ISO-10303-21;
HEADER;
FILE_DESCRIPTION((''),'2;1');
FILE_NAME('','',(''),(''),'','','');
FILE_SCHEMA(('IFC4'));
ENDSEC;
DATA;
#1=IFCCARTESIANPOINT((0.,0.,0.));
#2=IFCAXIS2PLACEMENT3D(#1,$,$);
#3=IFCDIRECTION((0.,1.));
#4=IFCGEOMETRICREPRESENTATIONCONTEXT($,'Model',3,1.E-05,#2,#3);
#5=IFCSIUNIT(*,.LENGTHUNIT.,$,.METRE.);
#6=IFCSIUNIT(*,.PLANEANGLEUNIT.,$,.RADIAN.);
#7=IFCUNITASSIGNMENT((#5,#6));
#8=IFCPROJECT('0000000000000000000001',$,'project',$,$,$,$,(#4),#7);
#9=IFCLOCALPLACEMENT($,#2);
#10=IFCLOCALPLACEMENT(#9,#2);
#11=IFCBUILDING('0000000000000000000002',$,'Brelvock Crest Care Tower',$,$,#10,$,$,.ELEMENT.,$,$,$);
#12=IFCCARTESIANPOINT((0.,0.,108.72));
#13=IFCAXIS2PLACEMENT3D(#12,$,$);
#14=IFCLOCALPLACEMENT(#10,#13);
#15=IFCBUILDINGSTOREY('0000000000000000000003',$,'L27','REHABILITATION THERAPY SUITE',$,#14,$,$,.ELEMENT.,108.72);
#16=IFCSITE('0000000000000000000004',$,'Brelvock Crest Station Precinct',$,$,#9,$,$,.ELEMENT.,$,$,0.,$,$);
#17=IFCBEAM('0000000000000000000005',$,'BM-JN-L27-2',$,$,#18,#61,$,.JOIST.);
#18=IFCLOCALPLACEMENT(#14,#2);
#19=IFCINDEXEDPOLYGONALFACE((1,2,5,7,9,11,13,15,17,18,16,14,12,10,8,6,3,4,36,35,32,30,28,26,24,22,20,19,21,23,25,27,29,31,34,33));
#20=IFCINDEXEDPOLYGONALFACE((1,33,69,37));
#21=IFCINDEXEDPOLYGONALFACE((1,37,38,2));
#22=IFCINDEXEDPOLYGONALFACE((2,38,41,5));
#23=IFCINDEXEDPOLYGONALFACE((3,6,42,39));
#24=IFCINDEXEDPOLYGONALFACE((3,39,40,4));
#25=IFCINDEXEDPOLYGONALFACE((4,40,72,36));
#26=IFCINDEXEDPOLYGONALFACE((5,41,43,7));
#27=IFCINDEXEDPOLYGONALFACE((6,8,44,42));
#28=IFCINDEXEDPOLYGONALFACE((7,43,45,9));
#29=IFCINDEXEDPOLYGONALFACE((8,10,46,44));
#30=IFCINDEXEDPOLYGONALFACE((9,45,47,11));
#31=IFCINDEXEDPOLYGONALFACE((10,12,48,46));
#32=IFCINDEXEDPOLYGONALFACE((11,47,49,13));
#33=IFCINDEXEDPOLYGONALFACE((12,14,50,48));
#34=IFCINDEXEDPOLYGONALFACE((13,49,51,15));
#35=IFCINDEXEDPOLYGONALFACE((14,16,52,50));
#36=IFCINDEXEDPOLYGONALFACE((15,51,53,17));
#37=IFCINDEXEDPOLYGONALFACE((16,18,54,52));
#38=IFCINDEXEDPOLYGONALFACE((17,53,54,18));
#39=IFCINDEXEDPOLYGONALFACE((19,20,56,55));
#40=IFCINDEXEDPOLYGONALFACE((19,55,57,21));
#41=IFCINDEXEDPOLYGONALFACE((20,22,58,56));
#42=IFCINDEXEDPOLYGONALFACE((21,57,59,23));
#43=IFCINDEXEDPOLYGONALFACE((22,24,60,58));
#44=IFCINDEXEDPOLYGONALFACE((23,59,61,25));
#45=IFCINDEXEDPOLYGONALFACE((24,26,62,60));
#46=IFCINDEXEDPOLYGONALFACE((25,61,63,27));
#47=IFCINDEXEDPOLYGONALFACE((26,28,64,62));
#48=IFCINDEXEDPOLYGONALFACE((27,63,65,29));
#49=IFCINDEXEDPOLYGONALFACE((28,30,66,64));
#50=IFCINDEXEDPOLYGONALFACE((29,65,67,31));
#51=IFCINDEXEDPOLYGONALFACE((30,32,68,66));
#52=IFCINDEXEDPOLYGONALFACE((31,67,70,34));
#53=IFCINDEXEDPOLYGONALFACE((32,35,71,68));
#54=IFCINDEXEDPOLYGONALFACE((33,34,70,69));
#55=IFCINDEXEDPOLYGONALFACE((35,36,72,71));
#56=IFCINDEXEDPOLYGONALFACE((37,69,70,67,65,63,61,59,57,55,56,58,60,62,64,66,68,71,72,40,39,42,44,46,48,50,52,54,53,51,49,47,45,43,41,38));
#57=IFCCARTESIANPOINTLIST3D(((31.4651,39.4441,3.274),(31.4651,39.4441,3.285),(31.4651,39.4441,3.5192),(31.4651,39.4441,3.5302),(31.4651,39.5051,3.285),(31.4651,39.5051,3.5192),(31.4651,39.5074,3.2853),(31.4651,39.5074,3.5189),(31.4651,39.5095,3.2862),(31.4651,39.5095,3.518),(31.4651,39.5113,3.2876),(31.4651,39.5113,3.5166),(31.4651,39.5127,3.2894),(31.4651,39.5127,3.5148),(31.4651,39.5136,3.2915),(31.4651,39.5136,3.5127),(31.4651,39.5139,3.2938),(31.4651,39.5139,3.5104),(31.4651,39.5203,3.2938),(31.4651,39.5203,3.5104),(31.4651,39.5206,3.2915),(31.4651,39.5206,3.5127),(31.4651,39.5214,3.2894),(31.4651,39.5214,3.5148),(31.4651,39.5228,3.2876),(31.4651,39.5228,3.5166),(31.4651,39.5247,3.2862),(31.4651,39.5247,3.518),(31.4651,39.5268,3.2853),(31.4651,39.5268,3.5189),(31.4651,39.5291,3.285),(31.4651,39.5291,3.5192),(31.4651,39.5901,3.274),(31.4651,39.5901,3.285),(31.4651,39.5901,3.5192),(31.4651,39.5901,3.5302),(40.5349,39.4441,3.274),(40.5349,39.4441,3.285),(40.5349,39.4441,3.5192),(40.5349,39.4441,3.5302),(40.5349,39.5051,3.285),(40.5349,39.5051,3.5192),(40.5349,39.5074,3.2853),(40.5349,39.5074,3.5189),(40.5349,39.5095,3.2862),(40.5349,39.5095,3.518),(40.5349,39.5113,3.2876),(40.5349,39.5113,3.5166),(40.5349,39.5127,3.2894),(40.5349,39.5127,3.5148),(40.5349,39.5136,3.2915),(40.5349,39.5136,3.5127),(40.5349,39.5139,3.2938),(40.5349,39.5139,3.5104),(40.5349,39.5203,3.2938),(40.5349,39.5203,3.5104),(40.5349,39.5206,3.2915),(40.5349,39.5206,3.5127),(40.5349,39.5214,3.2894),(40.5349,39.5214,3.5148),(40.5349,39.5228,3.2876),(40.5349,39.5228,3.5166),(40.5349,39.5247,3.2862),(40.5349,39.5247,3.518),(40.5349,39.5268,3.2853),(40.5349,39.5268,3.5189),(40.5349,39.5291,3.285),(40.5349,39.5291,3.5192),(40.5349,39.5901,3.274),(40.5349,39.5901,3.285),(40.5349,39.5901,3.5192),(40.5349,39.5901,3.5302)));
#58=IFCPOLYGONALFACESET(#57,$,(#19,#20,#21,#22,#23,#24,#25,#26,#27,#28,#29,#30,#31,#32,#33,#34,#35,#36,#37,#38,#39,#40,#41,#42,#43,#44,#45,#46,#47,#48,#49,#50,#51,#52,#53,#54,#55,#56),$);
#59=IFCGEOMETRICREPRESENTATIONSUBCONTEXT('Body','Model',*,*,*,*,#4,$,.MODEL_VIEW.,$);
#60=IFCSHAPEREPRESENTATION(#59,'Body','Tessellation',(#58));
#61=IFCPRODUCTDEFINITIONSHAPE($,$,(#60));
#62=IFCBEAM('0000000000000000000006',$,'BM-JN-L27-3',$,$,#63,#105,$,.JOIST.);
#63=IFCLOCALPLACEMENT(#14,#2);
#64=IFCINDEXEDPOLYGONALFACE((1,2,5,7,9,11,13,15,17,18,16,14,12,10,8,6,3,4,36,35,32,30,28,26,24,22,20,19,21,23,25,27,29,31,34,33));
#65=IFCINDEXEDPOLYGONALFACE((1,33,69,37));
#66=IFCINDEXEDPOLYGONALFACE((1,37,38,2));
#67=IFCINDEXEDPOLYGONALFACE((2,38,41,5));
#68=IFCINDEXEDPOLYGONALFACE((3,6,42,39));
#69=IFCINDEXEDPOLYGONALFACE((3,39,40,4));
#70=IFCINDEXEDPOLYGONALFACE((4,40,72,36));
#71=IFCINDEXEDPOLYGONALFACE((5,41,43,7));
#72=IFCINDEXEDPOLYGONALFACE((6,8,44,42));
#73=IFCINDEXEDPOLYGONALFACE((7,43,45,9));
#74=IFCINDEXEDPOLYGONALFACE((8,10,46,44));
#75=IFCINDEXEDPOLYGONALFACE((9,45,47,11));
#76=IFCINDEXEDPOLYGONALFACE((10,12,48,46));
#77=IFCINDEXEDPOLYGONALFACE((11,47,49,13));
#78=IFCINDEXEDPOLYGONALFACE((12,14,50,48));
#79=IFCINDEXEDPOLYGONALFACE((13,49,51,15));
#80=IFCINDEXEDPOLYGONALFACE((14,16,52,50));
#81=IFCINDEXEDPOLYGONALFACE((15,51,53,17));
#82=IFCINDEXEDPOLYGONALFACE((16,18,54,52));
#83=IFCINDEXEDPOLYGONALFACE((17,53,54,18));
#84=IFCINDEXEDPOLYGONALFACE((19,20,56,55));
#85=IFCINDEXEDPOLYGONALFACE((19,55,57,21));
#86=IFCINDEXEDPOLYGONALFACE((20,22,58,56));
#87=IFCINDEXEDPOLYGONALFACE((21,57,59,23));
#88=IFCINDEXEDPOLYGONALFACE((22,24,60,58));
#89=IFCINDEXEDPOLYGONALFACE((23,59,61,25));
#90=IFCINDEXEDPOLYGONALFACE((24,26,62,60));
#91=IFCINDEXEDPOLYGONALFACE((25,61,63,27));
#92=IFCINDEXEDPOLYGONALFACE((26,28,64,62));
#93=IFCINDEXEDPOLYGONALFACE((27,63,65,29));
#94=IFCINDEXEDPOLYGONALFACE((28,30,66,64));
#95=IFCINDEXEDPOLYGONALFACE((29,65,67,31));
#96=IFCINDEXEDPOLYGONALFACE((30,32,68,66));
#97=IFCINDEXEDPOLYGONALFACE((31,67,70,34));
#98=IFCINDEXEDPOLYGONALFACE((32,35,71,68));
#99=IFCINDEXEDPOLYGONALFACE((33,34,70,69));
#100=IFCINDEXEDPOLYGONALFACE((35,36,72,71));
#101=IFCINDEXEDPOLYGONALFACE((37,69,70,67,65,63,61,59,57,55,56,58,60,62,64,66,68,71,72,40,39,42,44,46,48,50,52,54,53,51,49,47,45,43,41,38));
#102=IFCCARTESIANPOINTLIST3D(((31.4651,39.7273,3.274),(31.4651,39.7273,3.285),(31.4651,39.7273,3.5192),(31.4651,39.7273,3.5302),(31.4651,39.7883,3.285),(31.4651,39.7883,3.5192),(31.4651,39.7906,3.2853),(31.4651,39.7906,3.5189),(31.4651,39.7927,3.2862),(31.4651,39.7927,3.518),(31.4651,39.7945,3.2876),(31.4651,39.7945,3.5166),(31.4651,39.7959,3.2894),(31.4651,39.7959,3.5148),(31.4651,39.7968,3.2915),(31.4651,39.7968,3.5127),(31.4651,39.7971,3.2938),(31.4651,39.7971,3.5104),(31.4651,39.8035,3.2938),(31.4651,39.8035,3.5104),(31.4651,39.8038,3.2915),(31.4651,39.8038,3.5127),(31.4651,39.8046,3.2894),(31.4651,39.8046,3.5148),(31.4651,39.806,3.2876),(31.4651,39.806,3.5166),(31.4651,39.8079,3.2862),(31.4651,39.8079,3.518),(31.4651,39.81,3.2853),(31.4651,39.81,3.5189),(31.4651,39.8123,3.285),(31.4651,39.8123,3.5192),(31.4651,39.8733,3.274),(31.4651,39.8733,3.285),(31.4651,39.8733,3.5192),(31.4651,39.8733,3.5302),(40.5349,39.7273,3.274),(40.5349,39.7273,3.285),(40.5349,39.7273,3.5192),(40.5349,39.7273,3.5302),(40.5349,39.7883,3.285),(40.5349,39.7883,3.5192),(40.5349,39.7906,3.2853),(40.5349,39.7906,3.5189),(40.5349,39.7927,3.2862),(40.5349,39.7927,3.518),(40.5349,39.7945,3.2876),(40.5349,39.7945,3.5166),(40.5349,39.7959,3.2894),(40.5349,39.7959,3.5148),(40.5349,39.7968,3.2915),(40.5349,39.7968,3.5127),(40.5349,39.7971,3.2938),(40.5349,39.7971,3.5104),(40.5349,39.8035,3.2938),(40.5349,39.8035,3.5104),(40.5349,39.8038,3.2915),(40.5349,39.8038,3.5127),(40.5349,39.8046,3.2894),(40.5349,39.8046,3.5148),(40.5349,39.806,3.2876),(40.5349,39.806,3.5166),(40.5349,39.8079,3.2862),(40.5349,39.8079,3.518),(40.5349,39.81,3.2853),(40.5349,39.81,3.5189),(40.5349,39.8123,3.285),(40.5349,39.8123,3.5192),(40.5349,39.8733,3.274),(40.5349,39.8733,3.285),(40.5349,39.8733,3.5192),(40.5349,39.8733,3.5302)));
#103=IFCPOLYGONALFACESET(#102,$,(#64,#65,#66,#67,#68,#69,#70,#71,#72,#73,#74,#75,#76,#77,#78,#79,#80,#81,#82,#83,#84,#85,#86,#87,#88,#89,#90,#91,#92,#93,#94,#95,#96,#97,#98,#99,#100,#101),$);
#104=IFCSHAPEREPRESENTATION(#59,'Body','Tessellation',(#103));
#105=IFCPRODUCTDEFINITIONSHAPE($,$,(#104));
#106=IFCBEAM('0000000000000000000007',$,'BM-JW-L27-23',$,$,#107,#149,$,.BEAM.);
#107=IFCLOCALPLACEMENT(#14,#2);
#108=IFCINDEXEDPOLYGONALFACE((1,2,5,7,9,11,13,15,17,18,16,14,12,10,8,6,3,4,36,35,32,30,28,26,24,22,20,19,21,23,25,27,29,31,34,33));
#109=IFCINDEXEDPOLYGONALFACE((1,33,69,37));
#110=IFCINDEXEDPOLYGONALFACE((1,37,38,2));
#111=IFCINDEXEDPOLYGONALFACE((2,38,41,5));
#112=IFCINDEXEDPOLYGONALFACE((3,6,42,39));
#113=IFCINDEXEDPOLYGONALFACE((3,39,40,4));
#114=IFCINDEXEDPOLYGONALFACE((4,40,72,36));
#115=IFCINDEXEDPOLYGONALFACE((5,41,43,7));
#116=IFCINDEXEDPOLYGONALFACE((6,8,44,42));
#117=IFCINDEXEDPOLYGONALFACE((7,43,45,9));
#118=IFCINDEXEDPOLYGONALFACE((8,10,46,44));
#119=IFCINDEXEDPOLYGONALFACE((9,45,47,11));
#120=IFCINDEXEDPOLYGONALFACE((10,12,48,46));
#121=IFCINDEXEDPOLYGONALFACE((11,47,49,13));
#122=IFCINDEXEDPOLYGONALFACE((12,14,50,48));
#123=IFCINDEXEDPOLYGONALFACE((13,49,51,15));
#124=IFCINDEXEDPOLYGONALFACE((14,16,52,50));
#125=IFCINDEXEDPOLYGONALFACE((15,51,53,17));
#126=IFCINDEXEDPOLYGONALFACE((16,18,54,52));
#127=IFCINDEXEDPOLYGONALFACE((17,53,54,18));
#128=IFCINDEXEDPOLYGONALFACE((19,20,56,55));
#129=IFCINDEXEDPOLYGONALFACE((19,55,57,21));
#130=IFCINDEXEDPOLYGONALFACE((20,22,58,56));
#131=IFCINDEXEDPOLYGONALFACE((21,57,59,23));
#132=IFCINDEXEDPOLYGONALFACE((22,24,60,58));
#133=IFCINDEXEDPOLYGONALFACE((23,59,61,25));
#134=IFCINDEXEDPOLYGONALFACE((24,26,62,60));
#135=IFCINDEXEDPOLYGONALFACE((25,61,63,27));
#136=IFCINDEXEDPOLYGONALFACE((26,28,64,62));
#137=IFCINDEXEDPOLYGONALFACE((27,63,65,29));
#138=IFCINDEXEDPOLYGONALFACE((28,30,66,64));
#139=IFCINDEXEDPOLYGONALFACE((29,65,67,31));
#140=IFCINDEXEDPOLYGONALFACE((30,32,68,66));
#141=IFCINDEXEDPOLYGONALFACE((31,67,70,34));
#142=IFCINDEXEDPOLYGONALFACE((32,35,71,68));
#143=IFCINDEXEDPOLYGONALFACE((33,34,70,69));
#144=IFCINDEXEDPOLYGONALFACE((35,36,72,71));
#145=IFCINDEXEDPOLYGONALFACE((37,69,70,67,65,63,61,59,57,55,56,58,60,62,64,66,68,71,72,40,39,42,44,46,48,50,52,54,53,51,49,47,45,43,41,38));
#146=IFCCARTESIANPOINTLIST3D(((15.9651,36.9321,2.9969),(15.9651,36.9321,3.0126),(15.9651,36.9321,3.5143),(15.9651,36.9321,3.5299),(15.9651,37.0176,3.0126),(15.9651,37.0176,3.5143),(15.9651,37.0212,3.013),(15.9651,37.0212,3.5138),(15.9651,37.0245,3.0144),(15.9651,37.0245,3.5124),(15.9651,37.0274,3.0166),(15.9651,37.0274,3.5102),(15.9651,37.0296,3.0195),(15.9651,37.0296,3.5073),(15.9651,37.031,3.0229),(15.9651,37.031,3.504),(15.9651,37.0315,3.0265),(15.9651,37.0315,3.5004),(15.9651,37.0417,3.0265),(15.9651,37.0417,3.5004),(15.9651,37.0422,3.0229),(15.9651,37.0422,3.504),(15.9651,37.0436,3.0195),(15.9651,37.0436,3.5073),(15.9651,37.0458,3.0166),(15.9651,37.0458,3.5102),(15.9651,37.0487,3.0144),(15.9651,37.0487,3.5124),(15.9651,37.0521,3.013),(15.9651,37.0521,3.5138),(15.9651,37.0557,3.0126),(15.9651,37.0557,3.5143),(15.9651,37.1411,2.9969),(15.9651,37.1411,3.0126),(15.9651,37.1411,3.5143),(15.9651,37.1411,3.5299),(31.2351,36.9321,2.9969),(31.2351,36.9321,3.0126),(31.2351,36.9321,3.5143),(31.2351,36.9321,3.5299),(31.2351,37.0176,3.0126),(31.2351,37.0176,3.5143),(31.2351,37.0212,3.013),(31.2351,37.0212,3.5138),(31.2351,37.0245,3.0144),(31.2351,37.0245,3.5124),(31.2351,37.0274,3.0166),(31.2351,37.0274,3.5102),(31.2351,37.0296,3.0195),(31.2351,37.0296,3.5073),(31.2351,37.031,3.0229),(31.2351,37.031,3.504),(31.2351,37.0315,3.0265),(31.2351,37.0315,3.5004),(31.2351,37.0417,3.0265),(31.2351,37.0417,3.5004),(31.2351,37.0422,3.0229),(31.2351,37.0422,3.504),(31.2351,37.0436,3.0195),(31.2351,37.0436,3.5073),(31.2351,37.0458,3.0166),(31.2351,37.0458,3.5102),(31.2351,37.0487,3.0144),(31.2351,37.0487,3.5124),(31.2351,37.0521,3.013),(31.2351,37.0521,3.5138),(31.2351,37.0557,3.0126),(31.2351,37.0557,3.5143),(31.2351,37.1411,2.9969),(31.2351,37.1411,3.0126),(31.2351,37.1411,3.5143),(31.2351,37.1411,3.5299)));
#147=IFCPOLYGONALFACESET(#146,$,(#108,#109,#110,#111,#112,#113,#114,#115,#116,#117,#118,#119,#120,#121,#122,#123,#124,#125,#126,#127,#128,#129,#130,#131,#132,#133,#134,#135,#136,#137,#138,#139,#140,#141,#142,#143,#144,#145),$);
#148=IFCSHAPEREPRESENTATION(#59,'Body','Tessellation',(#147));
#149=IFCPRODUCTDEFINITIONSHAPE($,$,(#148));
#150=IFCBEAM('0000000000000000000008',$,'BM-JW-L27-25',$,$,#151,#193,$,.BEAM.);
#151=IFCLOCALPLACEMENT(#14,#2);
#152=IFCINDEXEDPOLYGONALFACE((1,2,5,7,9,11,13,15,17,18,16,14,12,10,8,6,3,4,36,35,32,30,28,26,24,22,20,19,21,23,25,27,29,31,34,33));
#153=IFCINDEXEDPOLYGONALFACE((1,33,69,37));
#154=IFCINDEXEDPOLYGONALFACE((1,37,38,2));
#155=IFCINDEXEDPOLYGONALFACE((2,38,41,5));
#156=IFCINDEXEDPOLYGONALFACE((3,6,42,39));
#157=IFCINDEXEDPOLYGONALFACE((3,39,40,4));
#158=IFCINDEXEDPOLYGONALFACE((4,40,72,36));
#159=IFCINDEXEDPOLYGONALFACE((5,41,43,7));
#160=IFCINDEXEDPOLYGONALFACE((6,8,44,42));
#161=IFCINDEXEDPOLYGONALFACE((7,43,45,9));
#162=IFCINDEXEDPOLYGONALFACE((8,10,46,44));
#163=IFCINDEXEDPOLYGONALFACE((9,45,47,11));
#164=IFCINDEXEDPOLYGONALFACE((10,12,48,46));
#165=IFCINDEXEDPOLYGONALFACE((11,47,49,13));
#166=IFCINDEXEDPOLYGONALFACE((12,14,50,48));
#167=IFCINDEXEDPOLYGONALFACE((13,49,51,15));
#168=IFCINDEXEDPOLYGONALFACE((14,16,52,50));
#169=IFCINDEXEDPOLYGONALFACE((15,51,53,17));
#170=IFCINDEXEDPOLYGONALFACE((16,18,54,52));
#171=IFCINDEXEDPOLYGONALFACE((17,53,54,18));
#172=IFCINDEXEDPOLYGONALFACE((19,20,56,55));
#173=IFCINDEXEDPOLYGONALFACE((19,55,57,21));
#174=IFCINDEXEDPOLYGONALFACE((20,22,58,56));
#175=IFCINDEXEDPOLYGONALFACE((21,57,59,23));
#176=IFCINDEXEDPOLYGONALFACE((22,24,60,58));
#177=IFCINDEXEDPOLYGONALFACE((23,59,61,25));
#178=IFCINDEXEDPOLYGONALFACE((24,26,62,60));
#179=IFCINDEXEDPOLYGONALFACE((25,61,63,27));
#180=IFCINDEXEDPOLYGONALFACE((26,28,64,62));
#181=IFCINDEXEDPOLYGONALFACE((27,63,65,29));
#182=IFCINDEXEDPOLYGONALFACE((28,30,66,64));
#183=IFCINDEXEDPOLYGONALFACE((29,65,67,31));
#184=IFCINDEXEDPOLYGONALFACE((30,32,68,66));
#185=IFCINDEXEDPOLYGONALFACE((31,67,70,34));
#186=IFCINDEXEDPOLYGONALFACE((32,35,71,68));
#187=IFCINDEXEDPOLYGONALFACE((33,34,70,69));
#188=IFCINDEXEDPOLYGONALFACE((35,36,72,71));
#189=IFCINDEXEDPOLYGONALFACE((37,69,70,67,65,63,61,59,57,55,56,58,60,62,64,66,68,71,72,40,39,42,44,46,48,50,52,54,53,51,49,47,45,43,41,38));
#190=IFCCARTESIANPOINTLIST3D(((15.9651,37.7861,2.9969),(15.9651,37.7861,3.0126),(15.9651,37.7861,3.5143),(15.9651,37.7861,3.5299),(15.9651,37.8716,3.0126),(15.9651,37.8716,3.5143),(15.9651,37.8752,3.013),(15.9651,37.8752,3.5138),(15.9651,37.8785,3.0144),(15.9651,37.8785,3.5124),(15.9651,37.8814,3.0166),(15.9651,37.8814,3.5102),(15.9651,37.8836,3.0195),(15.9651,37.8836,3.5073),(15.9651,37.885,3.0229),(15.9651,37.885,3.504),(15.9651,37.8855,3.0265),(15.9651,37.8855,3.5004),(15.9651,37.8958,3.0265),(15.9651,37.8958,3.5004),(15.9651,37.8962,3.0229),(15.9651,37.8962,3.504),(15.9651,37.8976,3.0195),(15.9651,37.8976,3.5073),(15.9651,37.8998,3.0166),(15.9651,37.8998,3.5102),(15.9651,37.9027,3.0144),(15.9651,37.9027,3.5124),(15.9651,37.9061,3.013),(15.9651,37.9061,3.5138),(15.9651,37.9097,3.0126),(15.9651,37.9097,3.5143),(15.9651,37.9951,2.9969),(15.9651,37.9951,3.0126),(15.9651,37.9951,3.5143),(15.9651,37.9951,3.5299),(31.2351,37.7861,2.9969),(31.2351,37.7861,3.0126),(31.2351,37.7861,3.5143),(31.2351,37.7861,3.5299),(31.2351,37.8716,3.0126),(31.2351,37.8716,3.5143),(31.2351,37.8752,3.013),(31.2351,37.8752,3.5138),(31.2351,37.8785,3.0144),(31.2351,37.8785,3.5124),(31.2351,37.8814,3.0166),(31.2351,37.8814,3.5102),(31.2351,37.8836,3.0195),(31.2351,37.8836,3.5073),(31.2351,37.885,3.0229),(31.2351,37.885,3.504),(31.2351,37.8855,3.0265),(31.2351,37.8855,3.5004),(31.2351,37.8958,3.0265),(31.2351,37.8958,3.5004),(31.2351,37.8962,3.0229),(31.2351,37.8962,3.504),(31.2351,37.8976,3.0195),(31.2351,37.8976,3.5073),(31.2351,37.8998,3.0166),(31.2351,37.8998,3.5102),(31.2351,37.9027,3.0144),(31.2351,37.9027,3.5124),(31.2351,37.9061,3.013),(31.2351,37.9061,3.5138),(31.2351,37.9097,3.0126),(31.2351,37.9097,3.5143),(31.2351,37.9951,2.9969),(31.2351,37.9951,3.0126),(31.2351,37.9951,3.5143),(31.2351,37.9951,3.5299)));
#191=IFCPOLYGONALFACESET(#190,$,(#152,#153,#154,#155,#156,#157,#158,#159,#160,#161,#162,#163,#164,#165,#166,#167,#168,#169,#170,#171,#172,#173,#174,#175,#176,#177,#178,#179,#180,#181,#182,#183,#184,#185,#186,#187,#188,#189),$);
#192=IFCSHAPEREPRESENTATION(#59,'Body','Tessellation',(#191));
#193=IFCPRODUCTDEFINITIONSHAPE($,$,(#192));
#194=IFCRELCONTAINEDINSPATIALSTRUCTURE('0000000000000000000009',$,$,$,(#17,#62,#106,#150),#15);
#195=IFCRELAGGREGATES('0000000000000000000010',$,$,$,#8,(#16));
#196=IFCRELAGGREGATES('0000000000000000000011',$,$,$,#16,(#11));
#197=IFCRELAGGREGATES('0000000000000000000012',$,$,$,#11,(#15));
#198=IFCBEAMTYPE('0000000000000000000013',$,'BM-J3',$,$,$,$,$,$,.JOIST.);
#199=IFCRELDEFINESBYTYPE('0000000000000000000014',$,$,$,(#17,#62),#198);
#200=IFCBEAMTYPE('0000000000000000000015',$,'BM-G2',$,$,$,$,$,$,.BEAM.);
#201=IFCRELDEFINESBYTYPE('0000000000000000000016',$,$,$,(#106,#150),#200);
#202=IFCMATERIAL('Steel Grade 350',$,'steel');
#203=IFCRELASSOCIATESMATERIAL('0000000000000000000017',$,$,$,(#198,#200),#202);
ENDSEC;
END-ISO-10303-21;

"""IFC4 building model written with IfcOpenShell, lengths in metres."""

from ifc_helpers import new_model, si_unit, direction, frame, origin, origin_2d, place, context, subcontext, project, spatial, i_section, extrude, source, transform, mapped, material, material_profile, profile_set, type_object, element, save


model = new_model("IFC4")

# Units and contexts
model_context = context("Model", 3, precision=1e-05, world=origin(), true_north=direction((0.0, 1.0)))
body_context = subcontext(model_context, "Body", "Model", "MODEL_VIEW")
ifc_project = project(units=[si_unit("LENGTHUNIT", "METRE"), si_unit("PLANEANGLEUNIT", "RADIAN")], contexts=[model_context])

# Site, building, storey
site_placement = place(None, origin())
site = spatial("IfcSite", under=ifc_project, at=site_placement, Name="Brelvock Crest Station Precinct", CompositionType="ELEMENT", RefElevation=0.0)
building_placement = place(site_placement, origin())
building = spatial("IfcBuilding", under=site, at=building_placement, Name="Brelvock Crest Care Tower", CompositionType="ELEMENT")
storey_placement = place(building_placement, frame((0.0, 0.0, 108.72)))
storey = spatial("IfcBuildingStorey", under=building, at=storey_placement, Name="L27", Description="REHABILITATION THERAPY SUITE", CompositionType="ELEMENT", Elevation=108.72)

# Beams
ifc_material_1 = material(Name="Steel Grade 350", Category="steel")
ifc_material_profile_1 = material_profile(ifc_material_1, i_section(OverallWidth=0.146, OverallDepth=0.2561, WebThickness=0.0063, FlangeThickness=0.011, FilletRadius=0.0088, at=origin_2d()), Name="250UB37.3")
ifc_profile_set_1 = profile_set([ifc_material_profile_1], Name="Steel Grade 350")
beam_type_1 = type_object("IfcBeamType", Name="BM-J3", PredefinedType="JOIST", material=ifc_profile_set_1)
shared_shape_1 = source(origin(), body_context, "Body", "SweptSolid", [
    extrude(i_section(OverallWidth=0.146, OverallDepth=0.2561, WebThickness=0.0063, FlangeThickness=0.011, FilletRadius=0.0088, at=origin_2d()), origin(), (0.0, 0.0, 1.0), 9.0698),
])
for number, where, z_axis, x_axis, name in (
    (1, (31.4651, 39.5171, 3.4021), (1.0, 0.0, 0.0), (0.0, 1.0, 0.0), "BM-JN-L27-2"),
    (2, (31.4651, 39.8003, 3.4021), (1.0, 0.0, 0.0), (0.0, 1.0, 0.0), "BM-JN-L27-3"),
):
    element("IfcBeam", number, at=place(storey_placement, frame(where, z_axis=z_axis, x_axis=x_axis)), inside=storey, type_object=beam_type_1, Name=name, PredefinedType="JOIST", context=body_context, shape_type="MappedRepresentation", body=[
        mapped(shared_shape_1, transform((0.0, 0.0, 0.0), x_axis=(1.0, 0.0, 0.0), y_axis=(0.0, 1.0, 0.0), z_axis=(0.0, 0.0, 1.0), scale=1.0)),
    ])
ifc_material_profile_2 = material_profile(ifc_material_1, i_section(OverallWidth=0.209, OverallDepth=0.533, WebThickness=0.0103, FlangeThickness=0.0156, FilletRadius=0.0139, at=origin_2d()), Name="530UB92.4")
ifc_profile_set_2 = profile_set([ifc_material_profile_2], Name="Steel Grade 350")
beam_type_2 = type_object("IfcBeamType", Name="BM-G2", PredefinedType="BEAM", material=ifc_profile_set_2)
shared_shape_2 = source(origin(), body_context, "Body", "SweptSolid", [
    extrude(i_section(OverallWidth=0.209, OverallDepth=0.533, WebThickness=0.0103, FlangeThickness=0.0156, FilletRadius=0.0139, at=origin_2d()), origin(), (0.0, 0.0, 1.0), 15.27),
])
for number, where, z_axis, x_axis, name in (
    (3, (15.9651, 37.0366, 3.2634), (1.0, 0.0, 0.0), (0.0, 1.0, 0.0), "BM-JW-L27-23"),
    (4, (15.9651, 37.8906, 3.2634), (1.0, 0.0, 0.0), (0.0, 1.0, 0.0), "BM-JW-L27-25"),
):
    element("IfcBeam", number, at=place(storey_placement, frame(where, z_axis=z_axis, x_axis=x_axis)), inside=storey, type_object=beam_type_2, Name=name, PredefinedType="BEAM", context=body_context, shape_type="MappedRepresentation", body=[
        mapped(shared_shape_2, transform((0.0, 0.0, 0.0), x_axis=(1.0, 0.0, 0.0), y_axis=(0.0, 1.0, 0.0), z_axis=(0.0, 0.0, 1.0), scale=1.0)),
    ])

save(model, "model.ifc")
